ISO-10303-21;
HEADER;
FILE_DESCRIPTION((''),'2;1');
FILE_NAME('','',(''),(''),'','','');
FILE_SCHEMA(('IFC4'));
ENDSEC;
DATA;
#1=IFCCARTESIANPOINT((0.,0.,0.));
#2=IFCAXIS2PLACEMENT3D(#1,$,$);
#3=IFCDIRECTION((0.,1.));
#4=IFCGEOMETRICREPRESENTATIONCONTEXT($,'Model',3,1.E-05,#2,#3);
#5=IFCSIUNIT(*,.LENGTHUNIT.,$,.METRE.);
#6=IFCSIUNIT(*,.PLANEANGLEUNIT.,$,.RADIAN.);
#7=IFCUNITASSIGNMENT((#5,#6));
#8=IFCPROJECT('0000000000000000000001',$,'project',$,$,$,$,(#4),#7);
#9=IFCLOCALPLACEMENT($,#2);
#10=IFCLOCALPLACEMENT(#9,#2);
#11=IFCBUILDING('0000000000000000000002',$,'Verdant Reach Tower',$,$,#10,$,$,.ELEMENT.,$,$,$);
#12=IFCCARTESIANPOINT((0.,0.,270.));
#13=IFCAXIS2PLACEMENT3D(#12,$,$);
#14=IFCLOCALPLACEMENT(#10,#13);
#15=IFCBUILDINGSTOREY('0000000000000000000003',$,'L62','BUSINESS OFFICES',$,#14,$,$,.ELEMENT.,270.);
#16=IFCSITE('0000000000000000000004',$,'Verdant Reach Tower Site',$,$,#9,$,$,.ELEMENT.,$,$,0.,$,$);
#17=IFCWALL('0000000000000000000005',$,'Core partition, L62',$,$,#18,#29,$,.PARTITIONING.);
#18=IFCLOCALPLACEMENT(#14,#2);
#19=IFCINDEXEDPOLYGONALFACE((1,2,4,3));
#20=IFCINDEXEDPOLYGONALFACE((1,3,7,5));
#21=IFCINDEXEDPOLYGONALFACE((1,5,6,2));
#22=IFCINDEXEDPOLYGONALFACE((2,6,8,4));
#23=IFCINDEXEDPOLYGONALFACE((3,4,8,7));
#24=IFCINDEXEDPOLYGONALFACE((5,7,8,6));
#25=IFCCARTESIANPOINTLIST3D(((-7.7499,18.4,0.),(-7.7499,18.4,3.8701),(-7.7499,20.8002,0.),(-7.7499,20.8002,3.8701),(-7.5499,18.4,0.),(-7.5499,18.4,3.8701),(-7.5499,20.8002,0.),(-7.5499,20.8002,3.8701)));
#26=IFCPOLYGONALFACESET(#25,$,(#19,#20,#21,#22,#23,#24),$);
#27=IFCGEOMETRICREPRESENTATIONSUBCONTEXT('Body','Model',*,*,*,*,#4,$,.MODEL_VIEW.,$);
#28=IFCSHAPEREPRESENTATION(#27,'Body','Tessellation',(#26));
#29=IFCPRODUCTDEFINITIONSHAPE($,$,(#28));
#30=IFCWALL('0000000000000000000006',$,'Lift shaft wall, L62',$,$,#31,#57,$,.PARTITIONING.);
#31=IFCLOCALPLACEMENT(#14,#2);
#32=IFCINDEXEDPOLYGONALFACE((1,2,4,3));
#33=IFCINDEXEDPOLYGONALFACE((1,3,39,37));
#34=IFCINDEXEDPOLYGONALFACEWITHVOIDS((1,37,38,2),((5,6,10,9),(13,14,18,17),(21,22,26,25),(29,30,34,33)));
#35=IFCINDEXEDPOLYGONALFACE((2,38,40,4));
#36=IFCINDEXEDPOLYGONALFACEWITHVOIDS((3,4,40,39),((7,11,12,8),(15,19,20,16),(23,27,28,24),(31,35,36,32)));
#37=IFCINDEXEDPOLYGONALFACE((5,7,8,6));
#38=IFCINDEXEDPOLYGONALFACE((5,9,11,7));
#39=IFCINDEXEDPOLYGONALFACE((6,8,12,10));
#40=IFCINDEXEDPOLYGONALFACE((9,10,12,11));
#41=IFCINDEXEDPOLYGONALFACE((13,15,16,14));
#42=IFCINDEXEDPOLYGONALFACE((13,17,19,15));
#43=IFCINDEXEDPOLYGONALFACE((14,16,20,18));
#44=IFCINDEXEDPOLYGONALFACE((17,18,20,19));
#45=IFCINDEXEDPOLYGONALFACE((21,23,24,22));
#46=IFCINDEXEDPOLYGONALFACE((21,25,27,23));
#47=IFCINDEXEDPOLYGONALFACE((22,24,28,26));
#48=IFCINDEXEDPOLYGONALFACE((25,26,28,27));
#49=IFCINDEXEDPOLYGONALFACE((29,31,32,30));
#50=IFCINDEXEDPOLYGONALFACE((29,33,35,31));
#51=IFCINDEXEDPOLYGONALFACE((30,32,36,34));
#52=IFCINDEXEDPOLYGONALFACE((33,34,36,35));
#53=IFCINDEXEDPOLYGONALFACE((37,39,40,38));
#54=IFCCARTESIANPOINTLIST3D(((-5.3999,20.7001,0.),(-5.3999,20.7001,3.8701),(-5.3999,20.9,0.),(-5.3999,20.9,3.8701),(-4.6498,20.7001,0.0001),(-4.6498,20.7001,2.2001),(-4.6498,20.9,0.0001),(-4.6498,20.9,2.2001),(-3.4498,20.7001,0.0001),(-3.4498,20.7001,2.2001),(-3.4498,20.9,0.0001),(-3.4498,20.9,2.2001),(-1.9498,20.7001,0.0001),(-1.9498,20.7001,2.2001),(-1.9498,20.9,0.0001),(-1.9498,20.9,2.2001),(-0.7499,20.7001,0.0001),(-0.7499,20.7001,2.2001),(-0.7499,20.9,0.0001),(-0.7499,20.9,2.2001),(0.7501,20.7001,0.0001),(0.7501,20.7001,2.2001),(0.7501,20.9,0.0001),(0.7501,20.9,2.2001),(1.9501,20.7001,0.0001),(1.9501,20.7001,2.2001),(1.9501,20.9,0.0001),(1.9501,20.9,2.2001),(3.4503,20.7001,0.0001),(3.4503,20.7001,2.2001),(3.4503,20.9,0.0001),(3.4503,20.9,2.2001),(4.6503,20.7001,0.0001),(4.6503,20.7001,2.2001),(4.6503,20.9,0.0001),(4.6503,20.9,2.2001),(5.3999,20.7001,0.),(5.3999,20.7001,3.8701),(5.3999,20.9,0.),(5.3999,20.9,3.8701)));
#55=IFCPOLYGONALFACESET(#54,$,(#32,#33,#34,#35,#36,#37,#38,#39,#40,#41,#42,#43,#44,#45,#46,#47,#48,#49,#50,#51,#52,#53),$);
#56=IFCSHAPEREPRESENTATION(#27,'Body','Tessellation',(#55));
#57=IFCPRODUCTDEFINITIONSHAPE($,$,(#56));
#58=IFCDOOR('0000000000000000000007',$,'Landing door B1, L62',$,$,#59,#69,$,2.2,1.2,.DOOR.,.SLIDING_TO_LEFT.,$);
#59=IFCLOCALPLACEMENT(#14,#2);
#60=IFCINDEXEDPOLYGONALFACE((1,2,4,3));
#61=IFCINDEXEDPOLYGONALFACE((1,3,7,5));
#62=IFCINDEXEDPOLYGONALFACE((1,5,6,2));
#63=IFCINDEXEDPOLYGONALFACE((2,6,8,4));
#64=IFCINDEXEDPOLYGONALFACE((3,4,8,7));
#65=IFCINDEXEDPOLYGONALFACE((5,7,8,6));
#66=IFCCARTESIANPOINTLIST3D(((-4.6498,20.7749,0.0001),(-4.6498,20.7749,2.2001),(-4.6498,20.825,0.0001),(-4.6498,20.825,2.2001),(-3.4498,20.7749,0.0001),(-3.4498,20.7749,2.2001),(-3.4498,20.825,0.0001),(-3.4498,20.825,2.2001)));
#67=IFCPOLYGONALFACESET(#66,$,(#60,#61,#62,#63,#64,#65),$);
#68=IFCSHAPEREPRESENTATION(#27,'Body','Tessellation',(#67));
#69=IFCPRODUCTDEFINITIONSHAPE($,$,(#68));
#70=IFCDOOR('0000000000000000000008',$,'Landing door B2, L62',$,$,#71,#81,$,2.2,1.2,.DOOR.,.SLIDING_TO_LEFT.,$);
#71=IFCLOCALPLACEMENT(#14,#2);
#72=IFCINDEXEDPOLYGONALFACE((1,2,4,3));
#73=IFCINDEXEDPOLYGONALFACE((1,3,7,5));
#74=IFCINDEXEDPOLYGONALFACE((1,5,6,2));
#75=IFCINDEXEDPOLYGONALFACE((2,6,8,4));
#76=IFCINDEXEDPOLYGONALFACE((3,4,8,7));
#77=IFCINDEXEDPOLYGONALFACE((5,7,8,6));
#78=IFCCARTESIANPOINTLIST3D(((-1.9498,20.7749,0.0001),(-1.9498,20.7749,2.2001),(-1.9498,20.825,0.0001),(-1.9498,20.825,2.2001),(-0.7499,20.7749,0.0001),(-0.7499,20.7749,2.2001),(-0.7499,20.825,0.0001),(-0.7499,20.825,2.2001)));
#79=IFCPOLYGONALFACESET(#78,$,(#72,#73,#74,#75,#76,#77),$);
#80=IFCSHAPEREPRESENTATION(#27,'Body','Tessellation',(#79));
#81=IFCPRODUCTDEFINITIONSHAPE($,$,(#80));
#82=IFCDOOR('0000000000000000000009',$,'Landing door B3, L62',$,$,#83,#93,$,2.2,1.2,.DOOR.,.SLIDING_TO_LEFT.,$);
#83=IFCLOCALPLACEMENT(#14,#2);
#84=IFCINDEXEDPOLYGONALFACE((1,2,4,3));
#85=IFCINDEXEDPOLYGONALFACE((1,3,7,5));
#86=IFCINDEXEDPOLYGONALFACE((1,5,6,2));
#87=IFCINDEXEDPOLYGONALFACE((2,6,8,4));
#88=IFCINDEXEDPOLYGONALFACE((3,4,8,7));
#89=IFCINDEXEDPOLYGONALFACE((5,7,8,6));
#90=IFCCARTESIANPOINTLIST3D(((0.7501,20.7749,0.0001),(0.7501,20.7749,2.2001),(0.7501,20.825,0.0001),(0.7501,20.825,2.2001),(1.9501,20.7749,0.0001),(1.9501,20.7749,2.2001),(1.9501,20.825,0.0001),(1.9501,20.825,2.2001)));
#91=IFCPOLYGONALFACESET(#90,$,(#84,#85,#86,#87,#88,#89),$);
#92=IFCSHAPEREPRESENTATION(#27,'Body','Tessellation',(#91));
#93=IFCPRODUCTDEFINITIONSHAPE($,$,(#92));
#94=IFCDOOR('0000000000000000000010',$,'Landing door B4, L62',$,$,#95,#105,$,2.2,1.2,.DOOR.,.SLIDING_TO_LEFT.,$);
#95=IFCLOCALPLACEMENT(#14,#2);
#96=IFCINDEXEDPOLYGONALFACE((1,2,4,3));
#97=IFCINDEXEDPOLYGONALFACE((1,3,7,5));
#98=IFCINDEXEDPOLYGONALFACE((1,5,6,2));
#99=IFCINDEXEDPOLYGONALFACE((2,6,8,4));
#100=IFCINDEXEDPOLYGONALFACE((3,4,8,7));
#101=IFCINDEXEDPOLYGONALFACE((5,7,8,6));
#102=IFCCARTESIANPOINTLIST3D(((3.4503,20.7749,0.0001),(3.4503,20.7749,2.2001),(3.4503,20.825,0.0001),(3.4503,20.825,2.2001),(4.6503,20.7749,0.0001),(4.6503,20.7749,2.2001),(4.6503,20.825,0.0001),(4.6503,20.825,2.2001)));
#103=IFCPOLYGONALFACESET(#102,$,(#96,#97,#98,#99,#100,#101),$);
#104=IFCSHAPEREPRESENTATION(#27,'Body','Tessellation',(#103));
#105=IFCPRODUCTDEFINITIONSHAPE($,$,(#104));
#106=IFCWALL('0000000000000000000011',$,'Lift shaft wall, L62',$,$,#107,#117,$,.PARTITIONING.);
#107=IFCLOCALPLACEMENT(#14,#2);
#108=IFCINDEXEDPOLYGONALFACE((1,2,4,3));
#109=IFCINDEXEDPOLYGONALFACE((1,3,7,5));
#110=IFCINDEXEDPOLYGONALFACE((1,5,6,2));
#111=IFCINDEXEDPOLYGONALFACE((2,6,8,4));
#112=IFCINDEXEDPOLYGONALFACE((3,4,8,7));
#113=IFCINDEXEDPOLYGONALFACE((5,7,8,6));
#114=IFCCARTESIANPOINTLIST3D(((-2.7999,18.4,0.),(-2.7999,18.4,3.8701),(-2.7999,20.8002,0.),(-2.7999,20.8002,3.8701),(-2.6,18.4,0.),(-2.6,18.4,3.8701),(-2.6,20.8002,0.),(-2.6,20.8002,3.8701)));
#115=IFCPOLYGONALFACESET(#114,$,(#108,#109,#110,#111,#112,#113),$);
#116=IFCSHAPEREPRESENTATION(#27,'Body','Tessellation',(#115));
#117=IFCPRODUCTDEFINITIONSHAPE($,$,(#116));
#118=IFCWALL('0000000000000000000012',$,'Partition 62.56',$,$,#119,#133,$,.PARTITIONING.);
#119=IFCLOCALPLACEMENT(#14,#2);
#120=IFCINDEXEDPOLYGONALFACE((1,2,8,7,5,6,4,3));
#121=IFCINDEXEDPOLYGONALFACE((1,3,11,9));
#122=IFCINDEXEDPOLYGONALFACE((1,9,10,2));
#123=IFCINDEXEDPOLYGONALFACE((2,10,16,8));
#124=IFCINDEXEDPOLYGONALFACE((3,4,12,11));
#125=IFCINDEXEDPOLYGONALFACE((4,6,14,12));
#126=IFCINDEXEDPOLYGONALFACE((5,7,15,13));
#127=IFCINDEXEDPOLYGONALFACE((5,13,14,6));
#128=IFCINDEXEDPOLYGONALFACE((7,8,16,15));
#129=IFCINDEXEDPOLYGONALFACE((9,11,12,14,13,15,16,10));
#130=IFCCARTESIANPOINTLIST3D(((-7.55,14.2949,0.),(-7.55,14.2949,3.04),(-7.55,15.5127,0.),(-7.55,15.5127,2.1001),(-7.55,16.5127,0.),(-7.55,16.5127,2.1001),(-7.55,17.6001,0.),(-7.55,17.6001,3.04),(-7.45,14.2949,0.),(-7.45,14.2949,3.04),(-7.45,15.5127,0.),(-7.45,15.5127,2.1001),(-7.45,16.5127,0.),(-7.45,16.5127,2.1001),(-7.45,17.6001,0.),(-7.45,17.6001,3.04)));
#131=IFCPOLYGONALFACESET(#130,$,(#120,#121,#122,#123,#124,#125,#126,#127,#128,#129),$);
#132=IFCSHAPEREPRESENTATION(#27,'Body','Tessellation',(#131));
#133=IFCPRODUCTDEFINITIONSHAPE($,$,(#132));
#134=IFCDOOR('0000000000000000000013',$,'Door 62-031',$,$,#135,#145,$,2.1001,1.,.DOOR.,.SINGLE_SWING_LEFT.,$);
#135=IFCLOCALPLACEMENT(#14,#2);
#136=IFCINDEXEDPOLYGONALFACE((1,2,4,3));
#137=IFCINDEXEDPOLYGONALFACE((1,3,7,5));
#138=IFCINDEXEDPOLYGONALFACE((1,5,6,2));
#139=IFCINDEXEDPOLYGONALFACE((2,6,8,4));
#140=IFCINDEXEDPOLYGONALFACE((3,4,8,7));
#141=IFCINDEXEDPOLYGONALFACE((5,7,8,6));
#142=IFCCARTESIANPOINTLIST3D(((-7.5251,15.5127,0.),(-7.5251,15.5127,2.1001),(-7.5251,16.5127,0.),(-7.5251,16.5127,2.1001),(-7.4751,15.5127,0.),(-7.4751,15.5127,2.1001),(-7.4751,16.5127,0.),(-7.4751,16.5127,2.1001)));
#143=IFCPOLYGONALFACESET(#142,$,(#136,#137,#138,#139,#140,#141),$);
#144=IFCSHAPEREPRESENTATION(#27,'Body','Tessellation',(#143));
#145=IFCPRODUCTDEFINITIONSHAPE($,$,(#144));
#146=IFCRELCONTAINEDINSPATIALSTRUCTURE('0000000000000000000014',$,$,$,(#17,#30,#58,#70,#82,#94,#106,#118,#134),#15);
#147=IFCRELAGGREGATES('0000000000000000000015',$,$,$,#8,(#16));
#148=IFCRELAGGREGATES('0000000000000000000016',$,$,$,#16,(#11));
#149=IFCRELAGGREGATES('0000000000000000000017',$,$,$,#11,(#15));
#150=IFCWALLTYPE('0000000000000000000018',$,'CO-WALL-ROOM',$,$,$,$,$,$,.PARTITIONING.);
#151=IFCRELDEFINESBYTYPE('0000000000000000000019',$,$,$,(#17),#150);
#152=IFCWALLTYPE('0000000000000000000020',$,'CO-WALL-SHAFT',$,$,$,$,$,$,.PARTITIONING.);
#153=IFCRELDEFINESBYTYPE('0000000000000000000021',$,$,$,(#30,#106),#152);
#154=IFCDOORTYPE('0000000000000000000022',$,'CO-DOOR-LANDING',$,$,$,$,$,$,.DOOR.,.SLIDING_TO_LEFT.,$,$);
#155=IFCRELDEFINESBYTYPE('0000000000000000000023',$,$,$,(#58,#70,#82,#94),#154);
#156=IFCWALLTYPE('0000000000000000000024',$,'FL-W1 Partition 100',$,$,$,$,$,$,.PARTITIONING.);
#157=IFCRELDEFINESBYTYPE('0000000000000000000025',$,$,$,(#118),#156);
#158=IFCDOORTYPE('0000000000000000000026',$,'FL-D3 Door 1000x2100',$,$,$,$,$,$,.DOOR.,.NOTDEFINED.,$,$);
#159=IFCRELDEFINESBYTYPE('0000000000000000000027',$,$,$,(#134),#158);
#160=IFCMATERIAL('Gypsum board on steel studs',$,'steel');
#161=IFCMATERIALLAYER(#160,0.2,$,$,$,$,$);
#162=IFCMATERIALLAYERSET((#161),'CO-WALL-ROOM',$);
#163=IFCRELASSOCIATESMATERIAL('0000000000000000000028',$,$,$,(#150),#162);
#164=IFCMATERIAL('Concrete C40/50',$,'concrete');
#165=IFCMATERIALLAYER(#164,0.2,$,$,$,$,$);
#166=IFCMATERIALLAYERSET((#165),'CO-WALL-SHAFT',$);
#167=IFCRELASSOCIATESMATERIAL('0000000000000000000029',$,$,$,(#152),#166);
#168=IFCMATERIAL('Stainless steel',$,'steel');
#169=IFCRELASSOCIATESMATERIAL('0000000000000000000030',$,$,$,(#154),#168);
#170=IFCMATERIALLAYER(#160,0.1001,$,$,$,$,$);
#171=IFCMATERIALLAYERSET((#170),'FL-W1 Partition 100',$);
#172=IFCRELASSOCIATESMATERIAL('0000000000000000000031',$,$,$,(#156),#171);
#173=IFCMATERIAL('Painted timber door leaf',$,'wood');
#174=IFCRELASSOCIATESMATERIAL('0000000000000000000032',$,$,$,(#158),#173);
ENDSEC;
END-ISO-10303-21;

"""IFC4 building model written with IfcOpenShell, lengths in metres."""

from ifc_helpers import new_model, si_unit, direction, frame, frame_2d, origin, place, context, subcontext, project, spatial, rectangle, extrude, material, layer, layer_set, type_object, element, fill, save


model = new_model("IFC4")

# Units and contexts
model_context = context("Model", 3, precision=1e-05, world=origin(), true_north=direction((0.0, 1.0)))
body_context = subcontext(model_context, "Body", "Model", "MODEL_VIEW")
ifc_project = project(units=[si_unit("LENGTHUNIT", "METRE"), si_unit("PLANEANGLEUNIT", "RADIAN")], contexts=[model_context])

# Site, building, storey
site_placement = place(None, origin())
site = spatial("IfcSite", under=ifc_project, at=site_placement, Name="Verdant Reach Tower Site", CompositionType="ELEMENT", RefElevation=0.0)
building_placement = place(site_placement, origin())
building = spatial("IfcBuilding", under=site, at=building_placement, Name="Verdant Reach Tower", CompositionType="ELEMENT")
storey_placement = place(building_placement, frame((0.0, 0.0, 270.0)))
storey = spatial("IfcBuildingStorey", under=building, at=storey_placement, Name="L62", Description="BUSINESS OFFICES", CompositionType="ELEMENT", Elevation=270.0)

# Shared definitions
ifc_material_1 = material(Name="Gypsum board on steel studs", Category="steel")
ifc_layer_1 = layer(ifc_material_1, 0.2)
ifc_layer_set_1 = layer_set([ifc_layer_1], Name="CO-WALL-ROOM")
wall_type_1 = type_object("IfcWallType", Name="CO-WALL-ROOM", PredefinedType="PARTITIONING", material=ifc_layer_set_1)

# Wall
for number, where, z_axis, x_axis, name in (
    (1, (-7.6499, 18.3999, 0.0), (0.0, 0.0, 1.0), (0.0, 1.0, 0.0), "Core partition, L62"),
):
    element("IfcWall", number, at=place(storey_placement, frame(where, z_axis=z_axis, x_axis=x_axis)), inside=storey, type_object=wall_type_1, Name=name, PredefinedType="PARTITIONING", context=body_context, shape_type="SweptSolid", body=[
        extrude(rectangle(XDim=2.4001, YDim=0.2, at=frame_2d((1.2002, 0.0))), origin(), (0.0, 0.0, 1.0), 3.8701),
    ])

# Wall, openings, doors
ifc_material_2 = material(Name="Concrete C40/50", Category="concrete")
ifc_layer_2 = layer(ifc_material_2, 0.2)
ifc_layer_set_2 = layer_set([ifc_layer_2], Name="CO-WALL-SHAFT")
wall_type_2 = type_object("IfcWallType", Name="CO-WALL-SHAFT", PredefinedType="PARTITIONING", material=ifc_layer_set_2)
wall_1_placement = place(storey_placement, frame((-5.3999, 20.8, 0.0), z_axis=(0.0, 0.0, 1.0), x_axis=(1.0, 0.0, 0.0)))
wall_1 = element("IfcWall", 2, at=wall_1_placement, inside=storey, type_object=wall_type_2, Name="Lift shaft wall, L62", PredefinedType="PARTITIONING", context=body_context, shape_type="SweptSolid", body=[
    extrude(rectangle(XDim=10.7998, YDim=0.2, at=frame_2d((5.3999, 0.0))), origin(), (0.0, 0.0, 1.0), 3.8701),
])
opening_1_placement = place(wall_1_placement, frame((0.75, 0.0, 0.0)))
opening_1 = element("IfcOpeningElement", 3, at=opening_1_placement, cuts=wall_1, PredefinedType="OPENING", context=body_context, shape_type="SweptSolid", body=[
    extrude(rectangle(XDim=1.2, YDim=2.2, at=frame_2d((0.6001, 1.1001))), frame((0.0, 0.1099, 0.0), z_axis=(0.0, -1.0, 0.0), x_axis=(1.0, 0.0, 0.0)), (0.0, 0.0, 1.0), 0.22),
])
opening_2_placement = place(wall_1_placement, frame((3.45, 0.0, 0.0)))
opening_2 = element("IfcOpeningElement", 4, at=opening_2_placement, cuts=wall_1, PredefinedType="OPENING", context=body_context, shape_type="SweptSolid", body=[
    extrude(rectangle(XDim=1.2, YDim=2.2, at=frame_2d((0.6001, 1.1001))), frame((0.0, 0.1099, 0.0), z_axis=(0.0, -1.0, 0.0), x_axis=(1.0, 0.0, 0.0)), (0.0, 0.0, 1.0), 0.22),
])
opening_3_placement = place(wall_1_placement, frame((6.1499, 0.0, 0.0)))
opening_3 = element("IfcOpeningElement", 5, at=opening_3_placement, cuts=wall_1, PredefinedType="OPENING", context=body_context, shape_type="SweptSolid", body=[
    extrude(rectangle(XDim=1.2, YDim=2.2, at=frame_2d((0.6001, 1.1001))), frame((0.0, 0.1099, 0.0), z_axis=(0.0, -1.0, 0.0), x_axis=(1.0, 0.0, 0.0)), (0.0, 0.0, 1.0), 0.22),
])
opening_4_placement = place(wall_1_placement, frame((8.8501, 0.0, 0.0)))
opening_4 = element("IfcOpeningElement", 6, at=opening_4_placement, cuts=wall_1, PredefinedType="OPENING", context=body_context, shape_type="SweptSolid", body=[
    extrude(rectangle(XDim=1.2, YDim=2.2, at=frame_2d((0.6001, 1.1001))), frame((0.0, 0.1099, 0.0), z_axis=(0.0, -1.0, 0.0), x_axis=(1.0, 0.0, 0.0)), (0.0, 0.0, 1.0), 0.22),
])
ifc_material_3 = material(Name="Stainless steel", Category="steel")
door_type_1 = type_object("IfcDoorType", Name="CO-DOOR-LANDING", OperationType="SLIDING_TO_LEFT", PredefinedType="DOOR", material=ifc_material_3)
door_1_placement = place(opening_1_placement, origin())
door_1 = element("IfcDoor", 7, at=door_1_placement, inside=storey, type_object=door_type_1, Name="Landing door B1, L62", OperationType="SLIDING_TO_LEFT", OverallHeight=2.2, OverallWidth=1.2, PredefinedType="DOOR", context=body_context, shape_type="SweptSolid", body=[
    extrude(rectangle(XDim=1.2, YDim=2.2, at=frame_2d((0.6001, 1.1001))), frame((0.0, 0.0249, 0.0), z_axis=(0.0, -1.0, 0.0), x_axis=(1.0, 0.0, 0.0)), (0.0, 0.0, 1.0), 0.05),
])
fill(opening_1, door_1)
door_2_placement = place(opening_2_placement, origin())
door_2 = element("IfcDoor", 8, at=door_2_placement, inside=storey, type_object=door_type_1, Name="Landing door B2, L62", OperationType="SLIDING_TO_LEFT", OverallHeight=2.2, OverallWidth=1.2, PredefinedType="DOOR", context=body_context, shape_type="SweptSolid", body=[
    extrude(rectangle(XDim=1.2, YDim=2.2, at=frame_2d((0.6001, 1.1001))), frame((0.0, 0.0249, 0.0), z_axis=(0.0, -1.0, 0.0), x_axis=(1.0, 0.0, 0.0)), (0.0, 0.0, 1.0), 0.05),
])
fill(opening_2, door_2)
door_3_placement = place(opening_3_placement, origin())
door_3 = element("IfcDoor", 9, at=door_3_placement, inside=storey, type_object=door_type_1, Name="Landing door B3, L62", OperationType="SLIDING_TO_LEFT", OverallHeight=2.2, OverallWidth=1.2, PredefinedType="DOOR", context=body_context, shape_type="SweptSolid", body=[
    extrude(rectangle(XDim=1.2, YDim=2.2, at=frame_2d((0.6001, 1.1001))), frame((0.0, 0.0249, 0.0), z_axis=(0.0, -1.0, 0.0), x_axis=(1.0, 0.0, 0.0)), (0.0, 0.0, 1.0), 0.05),
])
fill(opening_3, door_3)
door_4_placement = place(opening_4_placement, origin())
door_4 = element("IfcDoor", 10, at=door_4_placement, inside=storey, type_object=door_type_1, Name="Landing door B4, L62", OperationType="SLIDING_TO_LEFT", OverallHeight=2.2, OverallWidth=1.2, PredefinedType="DOOR", context=body_context, shape_type="SweptSolid", body=[
    extrude(rectangle(XDim=1.2, YDim=2.2, at=frame_2d((0.6001, 1.1001))), frame((0.0, 0.0249, 0.0), z_axis=(0.0, -1.0, 0.0), x_axis=(1.0, 0.0, 0.0)), (0.0, 0.0, 1.0), 0.05),
])
fill(opening_4, door_4)

# Wall
wall_2_placement = place(storey_placement, frame((-2.7, 18.3999, 0.0), z_axis=(0.0, 0.0, 1.0), x_axis=(0.0, 1.0, 0.0)))
element("IfcWall", 11, at=wall_2_placement, inside=storey, type_object=wall_type_2, Name="Lift shaft wall, L62", PredefinedType="PARTITIONING", context=body_context, shape_type="SweptSolid", body=[
    extrude(rectangle(XDim=2.4001, YDim=0.2, at=frame_2d((1.2002, 0.0))), origin(), (0.0, 0.0, 1.0), 3.8701),
])

# Wall, opening, door
ifc_layer_3 = layer(ifc_material_1, 0.1001)
ifc_layer_set_3 = layer_set([ifc_layer_3], Name="FL-W1 Partition 100")
wall_type_3 = type_object("IfcWallType", Name="FL-W1 Partition 100", PredefinedType="PARTITIONING", material=ifc_layer_set_3)
wall_3_placement = place(storey_placement, frame((-7.5, 17.6001, 0.0), z_axis=(0.0, 0.0, 1.0), x_axis=(0.0, -1.0, 0.0)))
wall_3 = element("IfcWall", 12, at=wall_3_placement, inside=storey, type_object=wall_type_3, Name="Partition 62.56", PredefinedType="PARTITIONING", context=body_context, shape_type="SweptSolid", body=[
    extrude(rectangle(XDim=3.3052, YDim=0.1001, at=frame_2d((1.6526, 0.0))), origin(), (0.0, 0.0, 1.0), 3.04),
])
opening_5_placement = place(wall_3_placement, frame((1.0874, 0.0, 0.0)))
opening_5 = element("IfcOpeningElement", 13, at=opening_5_placement, cuts=wall_3, PredefinedType="OPENING", context=body_context, shape_type="SweptSolid", body=[
    extrude(rectangle(XDim=1.0, YDim=2.1001, at=frame_2d((0.5, 1.05))), frame((0.0, 0.0601, 0.0), z_axis=(0.0, -1.0, 0.0), x_axis=(1.0, 0.0, 0.0)), (0.0, 0.0, 1.0), 0.1201),
])
ifc_material_4 = material(Name="Painted timber door leaf", Category="wood")
door_type_2 = type_object("IfcDoorType", Name="FL-D3 Door 1000x2100", OperationType="NOTDEFINED", PredefinedType="DOOR", material=ifc_material_4)
door_5_placement = place(opening_5_placement, origin())
door_5 = element("IfcDoor", 14, at=door_5_placement, inside=storey, type_object=door_type_2, Name="Door 62-031", OperationType="SINGLE_SWING_LEFT", OverallHeight=2.1001, OverallWidth=1.0, PredefinedType="DOOR", context=body_context, shape_type="SweptSolid", body=[
    extrude(rectangle(XDim=1.0, YDim=2.1001, at=frame_2d((0.5, 1.05))), frame((0.0, 0.0249, 0.0), z_axis=(0.0, -1.0, 0.0), x_axis=(1.0, 0.0, 0.0)), (0.0, 0.0, 1.0), 0.05),
])
fill(opening_5, door_5)

save(model, "model.ifc")
